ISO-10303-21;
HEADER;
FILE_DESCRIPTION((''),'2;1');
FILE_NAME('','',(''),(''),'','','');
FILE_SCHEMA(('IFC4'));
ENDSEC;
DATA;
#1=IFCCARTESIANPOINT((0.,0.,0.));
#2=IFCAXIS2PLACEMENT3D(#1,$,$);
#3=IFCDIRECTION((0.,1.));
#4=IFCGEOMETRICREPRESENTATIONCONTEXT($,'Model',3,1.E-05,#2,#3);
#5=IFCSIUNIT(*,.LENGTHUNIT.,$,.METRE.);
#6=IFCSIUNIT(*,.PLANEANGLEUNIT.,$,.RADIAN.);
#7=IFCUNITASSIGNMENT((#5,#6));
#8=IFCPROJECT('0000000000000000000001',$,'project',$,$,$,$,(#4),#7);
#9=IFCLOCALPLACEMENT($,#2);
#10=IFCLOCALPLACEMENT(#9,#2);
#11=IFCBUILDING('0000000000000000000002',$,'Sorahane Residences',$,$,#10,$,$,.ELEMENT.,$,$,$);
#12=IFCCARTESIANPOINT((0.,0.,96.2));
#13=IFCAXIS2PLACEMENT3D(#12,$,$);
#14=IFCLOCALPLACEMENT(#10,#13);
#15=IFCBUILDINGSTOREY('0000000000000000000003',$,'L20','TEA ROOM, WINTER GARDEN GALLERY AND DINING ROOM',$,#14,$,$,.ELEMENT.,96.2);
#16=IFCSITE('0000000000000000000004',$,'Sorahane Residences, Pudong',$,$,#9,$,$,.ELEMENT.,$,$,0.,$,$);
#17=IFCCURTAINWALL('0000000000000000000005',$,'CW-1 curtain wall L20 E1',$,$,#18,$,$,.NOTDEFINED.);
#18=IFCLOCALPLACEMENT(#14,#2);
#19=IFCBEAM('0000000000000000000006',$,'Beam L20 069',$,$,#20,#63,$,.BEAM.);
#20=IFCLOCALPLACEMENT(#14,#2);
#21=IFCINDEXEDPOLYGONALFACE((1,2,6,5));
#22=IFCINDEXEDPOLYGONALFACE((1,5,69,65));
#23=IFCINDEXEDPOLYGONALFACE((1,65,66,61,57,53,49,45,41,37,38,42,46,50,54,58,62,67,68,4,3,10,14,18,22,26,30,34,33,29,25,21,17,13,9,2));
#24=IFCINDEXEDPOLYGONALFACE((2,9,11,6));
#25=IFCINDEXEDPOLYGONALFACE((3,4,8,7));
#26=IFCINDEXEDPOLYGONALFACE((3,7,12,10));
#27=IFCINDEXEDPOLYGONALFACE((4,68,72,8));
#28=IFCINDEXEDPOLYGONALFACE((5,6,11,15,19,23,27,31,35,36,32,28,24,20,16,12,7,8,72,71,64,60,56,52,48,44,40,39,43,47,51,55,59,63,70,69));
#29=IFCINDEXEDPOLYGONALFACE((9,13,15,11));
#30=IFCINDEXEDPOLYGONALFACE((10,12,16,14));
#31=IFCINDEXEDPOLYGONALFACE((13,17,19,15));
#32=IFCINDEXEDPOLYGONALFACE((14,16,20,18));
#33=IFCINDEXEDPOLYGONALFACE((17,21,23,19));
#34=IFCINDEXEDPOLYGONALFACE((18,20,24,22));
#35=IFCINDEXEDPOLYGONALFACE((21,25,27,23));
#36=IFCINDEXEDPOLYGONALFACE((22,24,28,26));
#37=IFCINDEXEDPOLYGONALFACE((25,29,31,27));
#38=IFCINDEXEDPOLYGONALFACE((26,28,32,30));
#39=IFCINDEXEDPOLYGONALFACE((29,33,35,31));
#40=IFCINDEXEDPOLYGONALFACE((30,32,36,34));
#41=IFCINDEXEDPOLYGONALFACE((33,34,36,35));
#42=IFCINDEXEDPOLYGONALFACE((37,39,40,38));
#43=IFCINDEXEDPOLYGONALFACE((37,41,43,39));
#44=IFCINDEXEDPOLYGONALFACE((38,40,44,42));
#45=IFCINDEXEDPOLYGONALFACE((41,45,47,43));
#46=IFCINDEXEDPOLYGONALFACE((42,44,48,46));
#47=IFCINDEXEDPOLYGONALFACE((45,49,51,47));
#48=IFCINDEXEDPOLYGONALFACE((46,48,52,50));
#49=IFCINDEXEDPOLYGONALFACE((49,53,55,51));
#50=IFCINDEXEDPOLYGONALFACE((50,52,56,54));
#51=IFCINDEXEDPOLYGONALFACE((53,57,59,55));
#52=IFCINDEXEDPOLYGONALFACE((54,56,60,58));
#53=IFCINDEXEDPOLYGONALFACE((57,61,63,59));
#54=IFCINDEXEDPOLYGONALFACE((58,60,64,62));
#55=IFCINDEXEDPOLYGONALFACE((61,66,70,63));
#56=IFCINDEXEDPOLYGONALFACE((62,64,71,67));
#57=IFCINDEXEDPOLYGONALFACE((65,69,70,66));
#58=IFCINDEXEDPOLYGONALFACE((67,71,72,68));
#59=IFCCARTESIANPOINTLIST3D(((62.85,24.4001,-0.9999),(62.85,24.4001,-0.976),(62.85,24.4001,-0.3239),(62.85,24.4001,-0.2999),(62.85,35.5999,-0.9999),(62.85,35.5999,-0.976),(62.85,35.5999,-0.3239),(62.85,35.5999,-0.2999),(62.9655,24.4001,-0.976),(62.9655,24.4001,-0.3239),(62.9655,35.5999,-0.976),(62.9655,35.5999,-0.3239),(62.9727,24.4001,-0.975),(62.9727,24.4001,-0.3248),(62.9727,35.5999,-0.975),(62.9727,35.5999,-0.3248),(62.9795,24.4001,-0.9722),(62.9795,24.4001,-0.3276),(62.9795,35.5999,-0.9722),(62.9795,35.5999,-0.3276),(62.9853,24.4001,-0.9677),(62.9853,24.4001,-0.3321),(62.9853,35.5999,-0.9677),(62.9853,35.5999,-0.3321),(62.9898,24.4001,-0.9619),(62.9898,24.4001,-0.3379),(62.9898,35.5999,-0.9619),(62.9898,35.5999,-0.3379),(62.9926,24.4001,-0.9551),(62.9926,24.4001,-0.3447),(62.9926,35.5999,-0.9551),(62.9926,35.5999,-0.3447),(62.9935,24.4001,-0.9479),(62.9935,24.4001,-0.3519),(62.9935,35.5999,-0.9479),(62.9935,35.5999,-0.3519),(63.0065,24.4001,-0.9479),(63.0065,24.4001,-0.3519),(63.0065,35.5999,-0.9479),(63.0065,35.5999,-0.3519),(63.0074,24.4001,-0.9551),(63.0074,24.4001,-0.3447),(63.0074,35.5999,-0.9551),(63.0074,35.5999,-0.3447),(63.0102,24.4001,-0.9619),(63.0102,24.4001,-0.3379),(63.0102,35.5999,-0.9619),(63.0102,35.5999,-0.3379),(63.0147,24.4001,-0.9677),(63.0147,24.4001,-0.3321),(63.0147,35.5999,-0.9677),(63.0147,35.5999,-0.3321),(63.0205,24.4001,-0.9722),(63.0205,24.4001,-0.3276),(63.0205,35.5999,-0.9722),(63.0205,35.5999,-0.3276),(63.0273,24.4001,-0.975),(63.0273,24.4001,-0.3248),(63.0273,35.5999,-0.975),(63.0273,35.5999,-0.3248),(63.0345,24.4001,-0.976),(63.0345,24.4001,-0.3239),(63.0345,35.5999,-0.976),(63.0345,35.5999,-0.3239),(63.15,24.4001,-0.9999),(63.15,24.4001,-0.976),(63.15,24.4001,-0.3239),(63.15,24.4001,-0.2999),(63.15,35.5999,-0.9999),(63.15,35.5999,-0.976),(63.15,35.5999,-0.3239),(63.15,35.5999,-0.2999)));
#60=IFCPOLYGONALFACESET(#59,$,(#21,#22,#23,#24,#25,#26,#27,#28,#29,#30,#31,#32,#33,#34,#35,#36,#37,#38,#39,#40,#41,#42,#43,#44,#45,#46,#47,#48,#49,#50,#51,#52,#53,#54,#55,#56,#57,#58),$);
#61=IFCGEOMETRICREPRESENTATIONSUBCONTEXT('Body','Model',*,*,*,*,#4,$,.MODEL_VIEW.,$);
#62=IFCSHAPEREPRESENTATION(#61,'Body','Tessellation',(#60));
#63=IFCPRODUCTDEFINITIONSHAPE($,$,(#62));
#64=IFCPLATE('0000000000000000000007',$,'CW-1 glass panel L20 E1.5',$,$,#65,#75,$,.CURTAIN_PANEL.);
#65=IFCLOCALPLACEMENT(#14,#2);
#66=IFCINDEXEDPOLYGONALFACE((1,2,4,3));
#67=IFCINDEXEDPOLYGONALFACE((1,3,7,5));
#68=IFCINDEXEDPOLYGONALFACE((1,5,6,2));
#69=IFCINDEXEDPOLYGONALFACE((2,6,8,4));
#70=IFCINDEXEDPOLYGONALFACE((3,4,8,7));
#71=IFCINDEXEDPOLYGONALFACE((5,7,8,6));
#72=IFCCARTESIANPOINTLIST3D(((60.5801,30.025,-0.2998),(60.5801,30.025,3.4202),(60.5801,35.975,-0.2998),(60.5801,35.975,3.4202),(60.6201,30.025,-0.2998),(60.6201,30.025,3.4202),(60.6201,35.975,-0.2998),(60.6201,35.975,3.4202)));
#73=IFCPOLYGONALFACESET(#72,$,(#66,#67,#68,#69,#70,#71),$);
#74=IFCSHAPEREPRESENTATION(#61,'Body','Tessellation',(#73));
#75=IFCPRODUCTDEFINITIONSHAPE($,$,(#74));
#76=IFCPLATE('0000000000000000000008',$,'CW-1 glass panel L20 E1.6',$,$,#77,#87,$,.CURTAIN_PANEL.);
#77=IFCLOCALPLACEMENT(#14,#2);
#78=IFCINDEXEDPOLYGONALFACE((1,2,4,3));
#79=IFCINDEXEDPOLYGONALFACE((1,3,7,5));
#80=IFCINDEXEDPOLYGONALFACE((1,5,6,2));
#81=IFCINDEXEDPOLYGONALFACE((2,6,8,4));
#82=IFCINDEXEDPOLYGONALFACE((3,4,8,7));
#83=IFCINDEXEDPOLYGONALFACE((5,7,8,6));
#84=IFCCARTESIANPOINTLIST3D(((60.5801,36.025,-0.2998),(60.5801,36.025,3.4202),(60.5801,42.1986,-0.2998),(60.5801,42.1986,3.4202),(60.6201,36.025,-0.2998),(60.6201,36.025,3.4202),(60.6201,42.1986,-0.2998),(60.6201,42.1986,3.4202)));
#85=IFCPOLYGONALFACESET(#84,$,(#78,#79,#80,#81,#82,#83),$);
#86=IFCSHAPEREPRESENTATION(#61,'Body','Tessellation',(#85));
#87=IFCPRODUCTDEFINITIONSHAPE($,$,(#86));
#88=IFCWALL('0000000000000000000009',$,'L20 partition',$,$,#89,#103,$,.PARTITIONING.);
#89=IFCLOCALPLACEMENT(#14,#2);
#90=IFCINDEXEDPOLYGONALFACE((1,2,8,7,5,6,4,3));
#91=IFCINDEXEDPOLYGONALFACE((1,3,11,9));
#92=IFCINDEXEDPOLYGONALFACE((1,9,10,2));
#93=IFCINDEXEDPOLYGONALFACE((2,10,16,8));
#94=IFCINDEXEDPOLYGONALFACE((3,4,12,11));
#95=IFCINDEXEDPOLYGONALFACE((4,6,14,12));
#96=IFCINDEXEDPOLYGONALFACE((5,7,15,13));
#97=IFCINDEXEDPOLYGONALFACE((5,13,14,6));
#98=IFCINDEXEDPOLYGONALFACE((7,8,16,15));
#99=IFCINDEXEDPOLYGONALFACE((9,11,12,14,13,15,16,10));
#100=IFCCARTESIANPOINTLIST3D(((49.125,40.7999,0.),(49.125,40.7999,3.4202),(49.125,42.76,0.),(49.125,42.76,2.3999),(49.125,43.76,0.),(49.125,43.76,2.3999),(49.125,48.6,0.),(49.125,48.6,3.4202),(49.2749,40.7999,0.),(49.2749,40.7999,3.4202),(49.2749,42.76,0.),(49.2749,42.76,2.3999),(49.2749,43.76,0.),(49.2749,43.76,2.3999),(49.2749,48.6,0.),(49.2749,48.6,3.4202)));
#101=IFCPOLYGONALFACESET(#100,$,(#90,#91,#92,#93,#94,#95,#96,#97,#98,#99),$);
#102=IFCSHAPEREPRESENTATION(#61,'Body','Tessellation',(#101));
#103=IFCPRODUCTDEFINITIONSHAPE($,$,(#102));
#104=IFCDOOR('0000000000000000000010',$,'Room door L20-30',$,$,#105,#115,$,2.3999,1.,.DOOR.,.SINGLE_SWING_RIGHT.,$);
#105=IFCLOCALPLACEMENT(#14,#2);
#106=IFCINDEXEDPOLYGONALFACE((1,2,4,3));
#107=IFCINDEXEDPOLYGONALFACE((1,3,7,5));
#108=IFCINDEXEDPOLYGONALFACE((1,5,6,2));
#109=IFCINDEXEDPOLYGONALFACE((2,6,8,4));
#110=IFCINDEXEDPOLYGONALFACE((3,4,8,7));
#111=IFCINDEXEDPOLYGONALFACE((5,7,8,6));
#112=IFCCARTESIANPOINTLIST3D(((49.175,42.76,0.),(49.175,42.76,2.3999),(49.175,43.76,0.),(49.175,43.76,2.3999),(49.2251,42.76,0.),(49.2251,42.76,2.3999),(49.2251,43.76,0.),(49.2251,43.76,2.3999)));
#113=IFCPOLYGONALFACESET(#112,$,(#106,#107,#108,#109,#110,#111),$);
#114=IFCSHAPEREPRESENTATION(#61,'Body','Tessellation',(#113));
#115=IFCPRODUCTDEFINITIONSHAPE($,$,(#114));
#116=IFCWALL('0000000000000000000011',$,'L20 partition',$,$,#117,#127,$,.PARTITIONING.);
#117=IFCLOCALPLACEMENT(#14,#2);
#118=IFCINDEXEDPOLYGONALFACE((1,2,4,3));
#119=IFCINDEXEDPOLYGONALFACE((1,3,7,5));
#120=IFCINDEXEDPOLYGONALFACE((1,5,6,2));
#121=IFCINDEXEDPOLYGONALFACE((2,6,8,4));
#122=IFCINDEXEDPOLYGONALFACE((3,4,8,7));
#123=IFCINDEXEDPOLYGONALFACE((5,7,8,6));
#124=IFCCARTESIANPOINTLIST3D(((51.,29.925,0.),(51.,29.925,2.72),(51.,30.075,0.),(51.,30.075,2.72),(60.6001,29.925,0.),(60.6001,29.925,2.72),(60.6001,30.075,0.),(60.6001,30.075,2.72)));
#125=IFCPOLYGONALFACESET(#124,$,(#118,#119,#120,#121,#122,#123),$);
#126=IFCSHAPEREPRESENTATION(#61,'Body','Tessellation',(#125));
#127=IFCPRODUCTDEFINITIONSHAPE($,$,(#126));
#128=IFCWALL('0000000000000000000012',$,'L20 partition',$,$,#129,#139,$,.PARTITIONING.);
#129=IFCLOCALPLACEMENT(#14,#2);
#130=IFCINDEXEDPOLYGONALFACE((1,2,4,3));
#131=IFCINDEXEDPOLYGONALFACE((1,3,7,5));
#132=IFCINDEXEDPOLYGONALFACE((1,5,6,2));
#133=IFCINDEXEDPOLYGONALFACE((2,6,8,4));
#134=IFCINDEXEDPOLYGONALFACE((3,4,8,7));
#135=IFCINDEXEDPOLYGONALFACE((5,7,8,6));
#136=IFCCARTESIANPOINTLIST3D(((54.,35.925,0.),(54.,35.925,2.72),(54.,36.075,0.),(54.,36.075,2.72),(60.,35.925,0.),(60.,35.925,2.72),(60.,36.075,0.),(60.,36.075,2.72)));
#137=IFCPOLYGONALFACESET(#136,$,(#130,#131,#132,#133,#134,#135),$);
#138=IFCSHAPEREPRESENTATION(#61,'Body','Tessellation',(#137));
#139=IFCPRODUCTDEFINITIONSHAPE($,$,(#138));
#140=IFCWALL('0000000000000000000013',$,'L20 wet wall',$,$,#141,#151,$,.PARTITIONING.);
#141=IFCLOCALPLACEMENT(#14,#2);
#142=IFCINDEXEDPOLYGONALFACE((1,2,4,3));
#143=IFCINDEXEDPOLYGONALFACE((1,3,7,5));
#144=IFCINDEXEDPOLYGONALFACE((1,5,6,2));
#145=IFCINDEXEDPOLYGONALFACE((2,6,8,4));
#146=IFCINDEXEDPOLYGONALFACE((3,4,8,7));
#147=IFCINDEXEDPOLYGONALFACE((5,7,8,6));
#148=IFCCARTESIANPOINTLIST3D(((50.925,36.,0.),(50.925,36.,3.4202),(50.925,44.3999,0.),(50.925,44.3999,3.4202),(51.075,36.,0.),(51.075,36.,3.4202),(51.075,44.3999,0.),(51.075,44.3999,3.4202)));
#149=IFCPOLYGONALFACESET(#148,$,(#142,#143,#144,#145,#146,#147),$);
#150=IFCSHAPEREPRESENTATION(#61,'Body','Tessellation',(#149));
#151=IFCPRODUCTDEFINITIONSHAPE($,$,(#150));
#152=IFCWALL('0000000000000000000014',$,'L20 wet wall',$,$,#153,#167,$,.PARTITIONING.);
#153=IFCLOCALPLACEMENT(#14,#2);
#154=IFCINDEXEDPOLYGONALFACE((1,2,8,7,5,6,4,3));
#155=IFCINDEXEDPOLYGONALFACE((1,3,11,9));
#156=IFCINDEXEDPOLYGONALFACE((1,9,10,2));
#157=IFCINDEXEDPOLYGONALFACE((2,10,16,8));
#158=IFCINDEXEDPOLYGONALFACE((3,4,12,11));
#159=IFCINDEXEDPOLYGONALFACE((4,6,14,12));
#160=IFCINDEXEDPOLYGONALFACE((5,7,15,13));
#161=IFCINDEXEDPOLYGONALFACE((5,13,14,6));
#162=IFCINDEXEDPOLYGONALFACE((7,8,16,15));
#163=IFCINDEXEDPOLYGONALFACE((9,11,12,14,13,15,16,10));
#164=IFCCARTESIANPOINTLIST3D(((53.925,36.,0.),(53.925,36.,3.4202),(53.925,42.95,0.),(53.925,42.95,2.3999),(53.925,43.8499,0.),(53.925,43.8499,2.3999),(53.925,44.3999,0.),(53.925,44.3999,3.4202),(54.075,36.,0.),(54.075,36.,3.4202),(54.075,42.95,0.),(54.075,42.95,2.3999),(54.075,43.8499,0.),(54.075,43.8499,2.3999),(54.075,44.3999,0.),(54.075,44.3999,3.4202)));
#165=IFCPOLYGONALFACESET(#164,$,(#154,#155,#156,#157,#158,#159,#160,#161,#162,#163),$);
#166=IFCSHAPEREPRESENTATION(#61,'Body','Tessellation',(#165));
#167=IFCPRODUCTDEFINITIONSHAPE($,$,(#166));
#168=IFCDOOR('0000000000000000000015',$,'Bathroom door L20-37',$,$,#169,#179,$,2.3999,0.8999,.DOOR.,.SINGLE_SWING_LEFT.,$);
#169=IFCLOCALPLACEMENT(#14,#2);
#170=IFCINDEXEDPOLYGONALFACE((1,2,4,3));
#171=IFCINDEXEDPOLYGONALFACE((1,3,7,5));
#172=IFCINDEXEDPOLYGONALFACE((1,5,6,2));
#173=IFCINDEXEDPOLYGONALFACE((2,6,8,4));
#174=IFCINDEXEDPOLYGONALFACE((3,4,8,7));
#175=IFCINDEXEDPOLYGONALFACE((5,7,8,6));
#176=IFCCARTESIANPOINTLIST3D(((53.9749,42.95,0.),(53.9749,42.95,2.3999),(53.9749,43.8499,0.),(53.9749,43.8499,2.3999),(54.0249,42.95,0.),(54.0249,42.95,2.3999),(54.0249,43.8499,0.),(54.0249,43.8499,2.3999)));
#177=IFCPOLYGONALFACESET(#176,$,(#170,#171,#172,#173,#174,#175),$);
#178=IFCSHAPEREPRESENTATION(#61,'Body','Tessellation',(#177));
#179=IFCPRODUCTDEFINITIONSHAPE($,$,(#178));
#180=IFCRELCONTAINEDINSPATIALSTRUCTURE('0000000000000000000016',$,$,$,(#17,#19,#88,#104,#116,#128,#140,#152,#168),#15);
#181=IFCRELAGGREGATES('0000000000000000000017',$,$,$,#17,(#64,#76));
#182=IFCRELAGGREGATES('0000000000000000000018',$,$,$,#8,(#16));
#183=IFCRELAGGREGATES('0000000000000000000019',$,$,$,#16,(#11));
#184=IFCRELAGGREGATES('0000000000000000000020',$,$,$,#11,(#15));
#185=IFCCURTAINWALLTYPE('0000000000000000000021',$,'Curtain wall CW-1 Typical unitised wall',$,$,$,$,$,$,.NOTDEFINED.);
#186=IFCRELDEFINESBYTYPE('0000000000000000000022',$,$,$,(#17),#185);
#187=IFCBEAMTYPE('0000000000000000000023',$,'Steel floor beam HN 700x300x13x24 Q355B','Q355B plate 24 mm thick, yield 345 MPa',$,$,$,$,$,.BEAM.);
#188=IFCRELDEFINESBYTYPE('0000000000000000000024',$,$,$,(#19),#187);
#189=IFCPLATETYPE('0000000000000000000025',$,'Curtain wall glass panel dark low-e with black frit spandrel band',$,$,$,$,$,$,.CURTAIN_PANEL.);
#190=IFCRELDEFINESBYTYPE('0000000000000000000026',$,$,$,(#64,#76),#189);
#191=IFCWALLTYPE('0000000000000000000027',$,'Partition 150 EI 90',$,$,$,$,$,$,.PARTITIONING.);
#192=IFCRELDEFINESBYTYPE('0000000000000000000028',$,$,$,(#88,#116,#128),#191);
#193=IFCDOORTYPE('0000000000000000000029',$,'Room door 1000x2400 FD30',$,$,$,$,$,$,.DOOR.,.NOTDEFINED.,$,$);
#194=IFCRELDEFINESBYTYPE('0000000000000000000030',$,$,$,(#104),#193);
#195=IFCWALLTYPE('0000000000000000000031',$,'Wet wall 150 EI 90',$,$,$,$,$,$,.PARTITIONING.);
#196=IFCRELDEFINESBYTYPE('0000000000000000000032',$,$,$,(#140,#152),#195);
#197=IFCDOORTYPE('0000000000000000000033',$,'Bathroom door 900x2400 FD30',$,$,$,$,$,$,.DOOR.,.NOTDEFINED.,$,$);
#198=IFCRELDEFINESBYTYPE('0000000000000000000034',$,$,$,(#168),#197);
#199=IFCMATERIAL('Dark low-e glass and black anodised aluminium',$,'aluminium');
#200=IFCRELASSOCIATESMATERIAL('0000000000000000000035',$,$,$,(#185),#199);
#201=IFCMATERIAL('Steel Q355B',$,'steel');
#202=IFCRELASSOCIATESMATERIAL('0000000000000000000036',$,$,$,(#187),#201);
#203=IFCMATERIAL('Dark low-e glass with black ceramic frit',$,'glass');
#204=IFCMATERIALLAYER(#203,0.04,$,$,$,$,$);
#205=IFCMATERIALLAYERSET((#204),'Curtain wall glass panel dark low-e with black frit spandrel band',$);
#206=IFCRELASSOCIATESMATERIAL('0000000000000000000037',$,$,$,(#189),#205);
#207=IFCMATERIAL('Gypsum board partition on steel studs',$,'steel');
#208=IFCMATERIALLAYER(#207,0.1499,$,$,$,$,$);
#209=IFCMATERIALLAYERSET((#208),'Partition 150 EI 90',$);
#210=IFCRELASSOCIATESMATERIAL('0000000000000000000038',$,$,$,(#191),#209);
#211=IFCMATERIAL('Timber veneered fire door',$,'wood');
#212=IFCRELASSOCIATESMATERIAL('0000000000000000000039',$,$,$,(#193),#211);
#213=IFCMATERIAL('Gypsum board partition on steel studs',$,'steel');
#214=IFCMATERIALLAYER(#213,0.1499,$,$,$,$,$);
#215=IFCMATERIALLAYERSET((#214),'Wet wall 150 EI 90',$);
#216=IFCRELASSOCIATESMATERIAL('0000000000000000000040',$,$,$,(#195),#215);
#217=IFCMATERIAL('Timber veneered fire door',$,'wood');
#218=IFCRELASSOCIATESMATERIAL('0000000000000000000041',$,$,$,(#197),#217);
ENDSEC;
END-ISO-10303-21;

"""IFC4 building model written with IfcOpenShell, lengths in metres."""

from ifc_helpers import new_model, si_unit, direction, frame, frame_2d, origin, origin_2d, place, context, subcontext, project, spatial, rectangle, i_section, extrude, material, layer, layer_set, material_profile, profile_set, type_object, element, fill, aggregate, save


model = new_model("IFC4")

# Units and contexts
model_context = context("Model", 3, precision=1e-05, world=origin(), true_north=direction((0.0, 1.0)))
body_context = subcontext(model_context, "Body", "Model", "MODEL_VIEW")
ifc_project = project(units=[si_unit("LENGTHUNIT", "METRE"), si_unit("PLANEANGLEUNIT", "RADIAN")], contexts=[model_context])

# Site, building, storey
site_placement = place(None, origin())
site = spatial("IfcSite", under=ifc_project, at=site_placement, Name="Sorahane Residences, Pudong", CompositionType="ELEMENT", RefElevation=0.0)
building_placement = place(site_placement, origin())
building = spatial("IfcBuilding", under=site, at=building_placement, Name="Sorahane Residences", CompositionType="ELEMENT")
storey_placement = place(building_placement, frame((0.0, 0.0, 96.2)))
storey = spatial("IfcBuildingStorey", under=building, at=storey_placement, Name="L20", Description="TEA ROOM, WINTER GARDEN GALLERY AND DINING ROOM", CompositionType="ELEMENT", Elevation=96.2)

# Curtain wall
ifc_material_1 = material(Name="Dark low-e glass and black anodised aluminium", Category="aluminium")
curtain_wall_type = type_object("IfcCurtainWallType", Name="Curtain wall CW-1 Typical unitised wall", PredefinedType="NOTDEFINED", material=ifc_material_1)
curtain_wall_placement = place(storey_placement, origin())
curtain_wall = element("IfcCurtainWall", 1, at=curtain_wall_placement, inside=storey, type_object=curtain_wall_type, Name="CW-1 curtain wall L20 E1", PredefinedType="NOTDEFINED")

# Beam
ifc_material_2 = material(Name="Steel Q355B", Category="steel")
ifc_material_profile_1 = material_profile(ifc_material_2, i_section(OverallWidth=0.3, OverallDepth=0.7, WebThickness=0.0129, FlangeThickness=0.0239, FilletRadius=0.0281, at=origin_2d()), Name="HN 700x300x13x24")
ifc_profile_set_1 = profile_set([ifc_material_profile_1], Name="Steel Q355B")
beam_type_1 = type_object("IfcBeamType", Name="Steel floor beam HN 700x300x13x24 Q355B", Description="Q355B plate 24 mm thick, yield 345 MPa", PredefinedType="BEAM", material=ifc_profile_set_1)
beam_1_placement = place(storey_placement, frame((63.0, 24.4001, -0.6499), z_axis=(0.0, 1.0, 0.0), x_axis=(-1.0, 0.0, 0.0)))
element("IfcBeam", 2, at=beam_1_placement, inside=storey, type_object=beam_type_1, Name="Beam L20 069", PredefinedType="BEAM", context=body_context, shape_type="SweptSolid", body=[
    extrude(i_section(OverallWidth=0.3, OverallDepth=0.7, WebThickness=0.0129, FlangeThickness=0.0239, FilletRadius=0.0281, at=origin_2d()), origin(), (0.0, 0.0, 1.0), 11.1997),
])

# Plates
ifc_material_3 = material(Name="Dark low-e glass with black ceramic frit", Category="glass")
ifc_layer_1 = layer(ifc_material_3, 0.04)
ifc_layer_set_1 = layer_set([ifc_layer_1], Name="Curtain wall glass panel dark low-e with black frit spandrel band")
plate_type = type_object("IfcPlateType", Name="Curtain wall glass panel dark low-e with black frit spandrel band", PredefinedType="CURTAIN_PANEL", material=ifc_layer_set_1)
plate_1_placement = place(storey_placement, frame((60.6001, 33.0, -0.2998), z_axis=(0.0, 0.0, 1.0), x_axis=(0.0, 1.0, 0.0)))
plate_1 = element("IfcPlate", 3, at=plate_1_placement, type_object=plate_type, Name="CW-1 glass panel L20 E1.5", PredefinedType="CURTAIN_PANEL", context=body_context, shape_type="SweptSolid", body=[
    extrude(rectangle(XDim=5.95, YDim=0.04, at=origin_2d()), origin(), (0.0, 0.0, 1.0), 3.72),
])
plate_2_placement = place(storey_placement, frame((60.6001, 39.1118, -0.2998), z_axis=(0.0, 0.0, 1.0), x_axis=(0.0, 1.0, 0.0)))
plate_2 = element("IfcPlate", 4, at=plate_2_placement, type_object=plate_type, Name="CW-1 glass panel L20 E1.6", PredefinedType="CURTAIN_PANEL", context=body_context, shape_type="SweptSolid", body=[
    extrude(rectangle(XDim=6.1736, YDim=0.04, at=origin_2d()), origin(), (0.0, 0.0, 1.0), 3.72),
])
aggregate(curtain_wall, [plate_1, plate_2])

# Wall, opening, door
ifc_material_4 = material(Name="Gypsum board partition on steel studs", Category="steel")
ifc_layer_2 = layer(ifc_material_4, 0.1499)
ifc_layer_set_2 = layer_set([ifc_layer_2], Name="Partition 150 EI 90")
wall_type_1 = type_object("IfcWallType", Name="Partition 150 EI 90", PredefinedType="PARTITIONING", material=ifc_layer_set_2)
wall_1_placement = place(storey_placement, frame((49.2, 40.8, 0.0), z_axis=(0.0, 0.0, 1.0), x_axis=(0.0, 1.0, 0.0)))
wall_1 = element("IfcWall", 5, at=wall_1_placement, inside=storey, type_object=wall_type_1, Name="L20 partition", PredefinedType="PARTITIONING", context=body_context, shape_type="SweptSolid", body=[
    extrude(rectangle(XDim=7.8, YDim=0.1499, at=frame_2d((3.8999, 0.0))), origin(), (0.0, 0.0, 1.0), 3.4202),
])
opening_1_placement = place(wall_1_placement, frame((1.96, 0.0, 0.0)))
opening_1 = element("IfcOpeningElement", 6, at=opening_1_placement, cuts=wall_1, PredefinedType="OPENING", context=body_context, shape_type="SweptSolid", body=[
    extrude(rectangle(XDim=1.0, YDim=2.3999, at=frame_2d((0.5, 1.2))), frame((0.0, 0.085, 0.0), z_axis=(0.0, -1.0, 0.0), x_axis=(1.0, 0.0, 0.0)), (0.0, 0.0, 1.0), 0.1699),
])
ifc_material_5 = material(Name="Timber veneered fire door", Category="wood")
door_type_1 = type_object("IfcDoorType", Name="Room door 1000x2400 FD30", OperationType="NOTDEFINED", PredefinedType="DOOR", material=ifc_material_5)
door_1_placement = place(opening_1_placement, origin())
door_1 = element("IfcDoor", 7, at=door_1_placement, inside=storey, type_object=door_type_1, Name="Room door L20-30", OperationType="SINGLE_SWING_RIGHT", OverallHeight=2.3999, OverallWidth=1.0, PredefinedType="DOOR", context=body_context, shape_type="SweptSolid", body=[
    extrude(rectangle(XDim=1.0, YDim=2.3999, at=frame_2d((0.5, 1.2))), frame((0.0, 0.0249, 0.0), z_axis=(0.0, -1.0, 0.0), x_axis=(1.0, 0.0, 0.0)), (0.0, 0.0, 1.0), 0.05),
])
fill(opening_1, door_1)

# Walls
wall_2_placement = place(storey_placement, frame((51.0, 30.0, 0.0), z_axis=(0.0, 0.0, 1.0), x_axis=(1.0, 0.0, 0.0)))
element("IfcWall", 8, at=wall_2_placement, inside=storey, type_object=wall_type_1, Name="L20 partition", PredefinedType="PARTITIONING", context=body_context, shape_type="SweptSolid", body=[
    extrude(rectangle(XDim=9.6001, YDim=0.1499, at=frame_2d((4.8, 0.0))), origin(), (0.0, 0.0, 1.0), 2.72),
])
wall_3_placement = place(storey_placement, frame((54.0, 36.0, 0.0), z_axis=(0.0, 0.0, 1.0), x_axis=(1.0, 0.0, 0.0)))
element("IfcWall", 9, at=wall_3_placement, inside=storey, type_object=wall_type_1, Name="L20 partition", PredefinedType="PARTITIONING", context=body_context, shape_type="SweptSolid", body=[
    extrude(rectangle(XDim=6.0, YDim=0.1499, at=frame_2d((3.0, 0.0))), origin(), (0.0, 0.0, 1.0), 2.72),
])

# Shared definitions
ifc_material_6 = material(Name="Gypsum board partition on steel studs", Category="steel")
ifc_layer_3 = layer(ifc_material_6, 0.1499)
ifc_layer_set_3 = layer_set([ifc_layer_3], Name="Wet wall 150 EI 90")
wall_type_2 = type_object("IfcWallType", Name="Wet wall 150 EI 90", PredefinedType="PARTITIONING", material=ifc_layer_set_3)
ifc_material_7 = material(Name="Timber veneered fire door", Category="wood")
door_type_2 = type_object("IfcDoorType", Name="Bathroom door 900x2400 FD30", OperationType="NOTDEFINED", PredefinedType="DOOR", material=ifc_material_7)

# Wall
wall_4_placement = place(storey_placement, frame((51.0, 36.0, 0.0), z_axis=(0.0, 0.0, 1.0), x_axis=(0.0, 1.0, 0.0)))
element("IfcWall", 10, at=wall_4_placement, inside=storey, type_object=wall_type_2, Name="L20 wet wall", PredefinedType="PARTITIONING", context=body_context, shape_type="SweptSolid", body=[
    extrude(rectangle(XDim=8.3999, YDim=0.1499, at=frame_2d((4.2, 0.0))), origin(), (0.0, 0.0, 1.0), 3.4202),
])

# Wall, opening, door
wall_5_placement = place(storey_placement, frame((54.0, 36.0, 0.0), z_axis=(0.0, 0.0, 1.0), x_axis=(0.0, 1.0, 0.0)))
wall_5 = element("IfcWall", 11, at=wall_5_placement, inside=storey, type_object=wall_type_2, Name="L20 wet wall", PredefinedType="PARTITIONING", context=body_context, shape_type="SweptSolid", body=[
    extrude(rectangle(XDim=8.3999, YDim=0.1499, at=frame_2d((4.2, 0.0))), origin(), (0.0, 0.0, 1.0), 3.4202),
])
opening_2_placement = place(wall_5_placement, frame((6.95, 0.0, 0.0)))
opening_2 = element("IfcOpeningElement", 12, at=opening_2_placement, cuts=wall_5, PredefinedType="OPENING", context=body_context, shape_type="SweptSolid", body=[
    extrude(rectangle(XDim=0.8999, YDim=2.3999, at=frame_2d((0.45, 1.2))), frame((0.0, 0.085, 0.0), z_axis=(0.0, -1.0, 0.0), x_axis=(1.0, 0.0, 0.0)), (0.0, 0.0, 1.0), 0.1699),
])
door_2_placement = place(opening_2_placement, frame((0.8999, 0.0, 0.0), z_axis=(0.0, 0.0, 1.0), x_axis=(-1.0, 0.0, 0.0)))
door_2 = element("IfcDoor", 13, at=door_2_placement, inside=storey, type_object=door_type_2, Name="Bathroom door L20-37", OperationType="SINGLE_SWING_LEFT", OverallHeight=2.3999, OverallWidth=0.8999, PredefinedType="DOOR", context=body_context, shape_type="SweptSolid", body=[
    extrude(rectangle(XDim=0.8999, YDim=2.3999, at=frame_2d((0.45, 1.2))), frame((0.0, 0.0249, 0.0), z_axis=(0.0, -1.0, 0.0), x_axis=(1.0, 0.0, 0.0)), (0.0, 0.0, 1.0), 0.05),
])
fill(opening_2, door_2)

save(model, "model.ifc")
